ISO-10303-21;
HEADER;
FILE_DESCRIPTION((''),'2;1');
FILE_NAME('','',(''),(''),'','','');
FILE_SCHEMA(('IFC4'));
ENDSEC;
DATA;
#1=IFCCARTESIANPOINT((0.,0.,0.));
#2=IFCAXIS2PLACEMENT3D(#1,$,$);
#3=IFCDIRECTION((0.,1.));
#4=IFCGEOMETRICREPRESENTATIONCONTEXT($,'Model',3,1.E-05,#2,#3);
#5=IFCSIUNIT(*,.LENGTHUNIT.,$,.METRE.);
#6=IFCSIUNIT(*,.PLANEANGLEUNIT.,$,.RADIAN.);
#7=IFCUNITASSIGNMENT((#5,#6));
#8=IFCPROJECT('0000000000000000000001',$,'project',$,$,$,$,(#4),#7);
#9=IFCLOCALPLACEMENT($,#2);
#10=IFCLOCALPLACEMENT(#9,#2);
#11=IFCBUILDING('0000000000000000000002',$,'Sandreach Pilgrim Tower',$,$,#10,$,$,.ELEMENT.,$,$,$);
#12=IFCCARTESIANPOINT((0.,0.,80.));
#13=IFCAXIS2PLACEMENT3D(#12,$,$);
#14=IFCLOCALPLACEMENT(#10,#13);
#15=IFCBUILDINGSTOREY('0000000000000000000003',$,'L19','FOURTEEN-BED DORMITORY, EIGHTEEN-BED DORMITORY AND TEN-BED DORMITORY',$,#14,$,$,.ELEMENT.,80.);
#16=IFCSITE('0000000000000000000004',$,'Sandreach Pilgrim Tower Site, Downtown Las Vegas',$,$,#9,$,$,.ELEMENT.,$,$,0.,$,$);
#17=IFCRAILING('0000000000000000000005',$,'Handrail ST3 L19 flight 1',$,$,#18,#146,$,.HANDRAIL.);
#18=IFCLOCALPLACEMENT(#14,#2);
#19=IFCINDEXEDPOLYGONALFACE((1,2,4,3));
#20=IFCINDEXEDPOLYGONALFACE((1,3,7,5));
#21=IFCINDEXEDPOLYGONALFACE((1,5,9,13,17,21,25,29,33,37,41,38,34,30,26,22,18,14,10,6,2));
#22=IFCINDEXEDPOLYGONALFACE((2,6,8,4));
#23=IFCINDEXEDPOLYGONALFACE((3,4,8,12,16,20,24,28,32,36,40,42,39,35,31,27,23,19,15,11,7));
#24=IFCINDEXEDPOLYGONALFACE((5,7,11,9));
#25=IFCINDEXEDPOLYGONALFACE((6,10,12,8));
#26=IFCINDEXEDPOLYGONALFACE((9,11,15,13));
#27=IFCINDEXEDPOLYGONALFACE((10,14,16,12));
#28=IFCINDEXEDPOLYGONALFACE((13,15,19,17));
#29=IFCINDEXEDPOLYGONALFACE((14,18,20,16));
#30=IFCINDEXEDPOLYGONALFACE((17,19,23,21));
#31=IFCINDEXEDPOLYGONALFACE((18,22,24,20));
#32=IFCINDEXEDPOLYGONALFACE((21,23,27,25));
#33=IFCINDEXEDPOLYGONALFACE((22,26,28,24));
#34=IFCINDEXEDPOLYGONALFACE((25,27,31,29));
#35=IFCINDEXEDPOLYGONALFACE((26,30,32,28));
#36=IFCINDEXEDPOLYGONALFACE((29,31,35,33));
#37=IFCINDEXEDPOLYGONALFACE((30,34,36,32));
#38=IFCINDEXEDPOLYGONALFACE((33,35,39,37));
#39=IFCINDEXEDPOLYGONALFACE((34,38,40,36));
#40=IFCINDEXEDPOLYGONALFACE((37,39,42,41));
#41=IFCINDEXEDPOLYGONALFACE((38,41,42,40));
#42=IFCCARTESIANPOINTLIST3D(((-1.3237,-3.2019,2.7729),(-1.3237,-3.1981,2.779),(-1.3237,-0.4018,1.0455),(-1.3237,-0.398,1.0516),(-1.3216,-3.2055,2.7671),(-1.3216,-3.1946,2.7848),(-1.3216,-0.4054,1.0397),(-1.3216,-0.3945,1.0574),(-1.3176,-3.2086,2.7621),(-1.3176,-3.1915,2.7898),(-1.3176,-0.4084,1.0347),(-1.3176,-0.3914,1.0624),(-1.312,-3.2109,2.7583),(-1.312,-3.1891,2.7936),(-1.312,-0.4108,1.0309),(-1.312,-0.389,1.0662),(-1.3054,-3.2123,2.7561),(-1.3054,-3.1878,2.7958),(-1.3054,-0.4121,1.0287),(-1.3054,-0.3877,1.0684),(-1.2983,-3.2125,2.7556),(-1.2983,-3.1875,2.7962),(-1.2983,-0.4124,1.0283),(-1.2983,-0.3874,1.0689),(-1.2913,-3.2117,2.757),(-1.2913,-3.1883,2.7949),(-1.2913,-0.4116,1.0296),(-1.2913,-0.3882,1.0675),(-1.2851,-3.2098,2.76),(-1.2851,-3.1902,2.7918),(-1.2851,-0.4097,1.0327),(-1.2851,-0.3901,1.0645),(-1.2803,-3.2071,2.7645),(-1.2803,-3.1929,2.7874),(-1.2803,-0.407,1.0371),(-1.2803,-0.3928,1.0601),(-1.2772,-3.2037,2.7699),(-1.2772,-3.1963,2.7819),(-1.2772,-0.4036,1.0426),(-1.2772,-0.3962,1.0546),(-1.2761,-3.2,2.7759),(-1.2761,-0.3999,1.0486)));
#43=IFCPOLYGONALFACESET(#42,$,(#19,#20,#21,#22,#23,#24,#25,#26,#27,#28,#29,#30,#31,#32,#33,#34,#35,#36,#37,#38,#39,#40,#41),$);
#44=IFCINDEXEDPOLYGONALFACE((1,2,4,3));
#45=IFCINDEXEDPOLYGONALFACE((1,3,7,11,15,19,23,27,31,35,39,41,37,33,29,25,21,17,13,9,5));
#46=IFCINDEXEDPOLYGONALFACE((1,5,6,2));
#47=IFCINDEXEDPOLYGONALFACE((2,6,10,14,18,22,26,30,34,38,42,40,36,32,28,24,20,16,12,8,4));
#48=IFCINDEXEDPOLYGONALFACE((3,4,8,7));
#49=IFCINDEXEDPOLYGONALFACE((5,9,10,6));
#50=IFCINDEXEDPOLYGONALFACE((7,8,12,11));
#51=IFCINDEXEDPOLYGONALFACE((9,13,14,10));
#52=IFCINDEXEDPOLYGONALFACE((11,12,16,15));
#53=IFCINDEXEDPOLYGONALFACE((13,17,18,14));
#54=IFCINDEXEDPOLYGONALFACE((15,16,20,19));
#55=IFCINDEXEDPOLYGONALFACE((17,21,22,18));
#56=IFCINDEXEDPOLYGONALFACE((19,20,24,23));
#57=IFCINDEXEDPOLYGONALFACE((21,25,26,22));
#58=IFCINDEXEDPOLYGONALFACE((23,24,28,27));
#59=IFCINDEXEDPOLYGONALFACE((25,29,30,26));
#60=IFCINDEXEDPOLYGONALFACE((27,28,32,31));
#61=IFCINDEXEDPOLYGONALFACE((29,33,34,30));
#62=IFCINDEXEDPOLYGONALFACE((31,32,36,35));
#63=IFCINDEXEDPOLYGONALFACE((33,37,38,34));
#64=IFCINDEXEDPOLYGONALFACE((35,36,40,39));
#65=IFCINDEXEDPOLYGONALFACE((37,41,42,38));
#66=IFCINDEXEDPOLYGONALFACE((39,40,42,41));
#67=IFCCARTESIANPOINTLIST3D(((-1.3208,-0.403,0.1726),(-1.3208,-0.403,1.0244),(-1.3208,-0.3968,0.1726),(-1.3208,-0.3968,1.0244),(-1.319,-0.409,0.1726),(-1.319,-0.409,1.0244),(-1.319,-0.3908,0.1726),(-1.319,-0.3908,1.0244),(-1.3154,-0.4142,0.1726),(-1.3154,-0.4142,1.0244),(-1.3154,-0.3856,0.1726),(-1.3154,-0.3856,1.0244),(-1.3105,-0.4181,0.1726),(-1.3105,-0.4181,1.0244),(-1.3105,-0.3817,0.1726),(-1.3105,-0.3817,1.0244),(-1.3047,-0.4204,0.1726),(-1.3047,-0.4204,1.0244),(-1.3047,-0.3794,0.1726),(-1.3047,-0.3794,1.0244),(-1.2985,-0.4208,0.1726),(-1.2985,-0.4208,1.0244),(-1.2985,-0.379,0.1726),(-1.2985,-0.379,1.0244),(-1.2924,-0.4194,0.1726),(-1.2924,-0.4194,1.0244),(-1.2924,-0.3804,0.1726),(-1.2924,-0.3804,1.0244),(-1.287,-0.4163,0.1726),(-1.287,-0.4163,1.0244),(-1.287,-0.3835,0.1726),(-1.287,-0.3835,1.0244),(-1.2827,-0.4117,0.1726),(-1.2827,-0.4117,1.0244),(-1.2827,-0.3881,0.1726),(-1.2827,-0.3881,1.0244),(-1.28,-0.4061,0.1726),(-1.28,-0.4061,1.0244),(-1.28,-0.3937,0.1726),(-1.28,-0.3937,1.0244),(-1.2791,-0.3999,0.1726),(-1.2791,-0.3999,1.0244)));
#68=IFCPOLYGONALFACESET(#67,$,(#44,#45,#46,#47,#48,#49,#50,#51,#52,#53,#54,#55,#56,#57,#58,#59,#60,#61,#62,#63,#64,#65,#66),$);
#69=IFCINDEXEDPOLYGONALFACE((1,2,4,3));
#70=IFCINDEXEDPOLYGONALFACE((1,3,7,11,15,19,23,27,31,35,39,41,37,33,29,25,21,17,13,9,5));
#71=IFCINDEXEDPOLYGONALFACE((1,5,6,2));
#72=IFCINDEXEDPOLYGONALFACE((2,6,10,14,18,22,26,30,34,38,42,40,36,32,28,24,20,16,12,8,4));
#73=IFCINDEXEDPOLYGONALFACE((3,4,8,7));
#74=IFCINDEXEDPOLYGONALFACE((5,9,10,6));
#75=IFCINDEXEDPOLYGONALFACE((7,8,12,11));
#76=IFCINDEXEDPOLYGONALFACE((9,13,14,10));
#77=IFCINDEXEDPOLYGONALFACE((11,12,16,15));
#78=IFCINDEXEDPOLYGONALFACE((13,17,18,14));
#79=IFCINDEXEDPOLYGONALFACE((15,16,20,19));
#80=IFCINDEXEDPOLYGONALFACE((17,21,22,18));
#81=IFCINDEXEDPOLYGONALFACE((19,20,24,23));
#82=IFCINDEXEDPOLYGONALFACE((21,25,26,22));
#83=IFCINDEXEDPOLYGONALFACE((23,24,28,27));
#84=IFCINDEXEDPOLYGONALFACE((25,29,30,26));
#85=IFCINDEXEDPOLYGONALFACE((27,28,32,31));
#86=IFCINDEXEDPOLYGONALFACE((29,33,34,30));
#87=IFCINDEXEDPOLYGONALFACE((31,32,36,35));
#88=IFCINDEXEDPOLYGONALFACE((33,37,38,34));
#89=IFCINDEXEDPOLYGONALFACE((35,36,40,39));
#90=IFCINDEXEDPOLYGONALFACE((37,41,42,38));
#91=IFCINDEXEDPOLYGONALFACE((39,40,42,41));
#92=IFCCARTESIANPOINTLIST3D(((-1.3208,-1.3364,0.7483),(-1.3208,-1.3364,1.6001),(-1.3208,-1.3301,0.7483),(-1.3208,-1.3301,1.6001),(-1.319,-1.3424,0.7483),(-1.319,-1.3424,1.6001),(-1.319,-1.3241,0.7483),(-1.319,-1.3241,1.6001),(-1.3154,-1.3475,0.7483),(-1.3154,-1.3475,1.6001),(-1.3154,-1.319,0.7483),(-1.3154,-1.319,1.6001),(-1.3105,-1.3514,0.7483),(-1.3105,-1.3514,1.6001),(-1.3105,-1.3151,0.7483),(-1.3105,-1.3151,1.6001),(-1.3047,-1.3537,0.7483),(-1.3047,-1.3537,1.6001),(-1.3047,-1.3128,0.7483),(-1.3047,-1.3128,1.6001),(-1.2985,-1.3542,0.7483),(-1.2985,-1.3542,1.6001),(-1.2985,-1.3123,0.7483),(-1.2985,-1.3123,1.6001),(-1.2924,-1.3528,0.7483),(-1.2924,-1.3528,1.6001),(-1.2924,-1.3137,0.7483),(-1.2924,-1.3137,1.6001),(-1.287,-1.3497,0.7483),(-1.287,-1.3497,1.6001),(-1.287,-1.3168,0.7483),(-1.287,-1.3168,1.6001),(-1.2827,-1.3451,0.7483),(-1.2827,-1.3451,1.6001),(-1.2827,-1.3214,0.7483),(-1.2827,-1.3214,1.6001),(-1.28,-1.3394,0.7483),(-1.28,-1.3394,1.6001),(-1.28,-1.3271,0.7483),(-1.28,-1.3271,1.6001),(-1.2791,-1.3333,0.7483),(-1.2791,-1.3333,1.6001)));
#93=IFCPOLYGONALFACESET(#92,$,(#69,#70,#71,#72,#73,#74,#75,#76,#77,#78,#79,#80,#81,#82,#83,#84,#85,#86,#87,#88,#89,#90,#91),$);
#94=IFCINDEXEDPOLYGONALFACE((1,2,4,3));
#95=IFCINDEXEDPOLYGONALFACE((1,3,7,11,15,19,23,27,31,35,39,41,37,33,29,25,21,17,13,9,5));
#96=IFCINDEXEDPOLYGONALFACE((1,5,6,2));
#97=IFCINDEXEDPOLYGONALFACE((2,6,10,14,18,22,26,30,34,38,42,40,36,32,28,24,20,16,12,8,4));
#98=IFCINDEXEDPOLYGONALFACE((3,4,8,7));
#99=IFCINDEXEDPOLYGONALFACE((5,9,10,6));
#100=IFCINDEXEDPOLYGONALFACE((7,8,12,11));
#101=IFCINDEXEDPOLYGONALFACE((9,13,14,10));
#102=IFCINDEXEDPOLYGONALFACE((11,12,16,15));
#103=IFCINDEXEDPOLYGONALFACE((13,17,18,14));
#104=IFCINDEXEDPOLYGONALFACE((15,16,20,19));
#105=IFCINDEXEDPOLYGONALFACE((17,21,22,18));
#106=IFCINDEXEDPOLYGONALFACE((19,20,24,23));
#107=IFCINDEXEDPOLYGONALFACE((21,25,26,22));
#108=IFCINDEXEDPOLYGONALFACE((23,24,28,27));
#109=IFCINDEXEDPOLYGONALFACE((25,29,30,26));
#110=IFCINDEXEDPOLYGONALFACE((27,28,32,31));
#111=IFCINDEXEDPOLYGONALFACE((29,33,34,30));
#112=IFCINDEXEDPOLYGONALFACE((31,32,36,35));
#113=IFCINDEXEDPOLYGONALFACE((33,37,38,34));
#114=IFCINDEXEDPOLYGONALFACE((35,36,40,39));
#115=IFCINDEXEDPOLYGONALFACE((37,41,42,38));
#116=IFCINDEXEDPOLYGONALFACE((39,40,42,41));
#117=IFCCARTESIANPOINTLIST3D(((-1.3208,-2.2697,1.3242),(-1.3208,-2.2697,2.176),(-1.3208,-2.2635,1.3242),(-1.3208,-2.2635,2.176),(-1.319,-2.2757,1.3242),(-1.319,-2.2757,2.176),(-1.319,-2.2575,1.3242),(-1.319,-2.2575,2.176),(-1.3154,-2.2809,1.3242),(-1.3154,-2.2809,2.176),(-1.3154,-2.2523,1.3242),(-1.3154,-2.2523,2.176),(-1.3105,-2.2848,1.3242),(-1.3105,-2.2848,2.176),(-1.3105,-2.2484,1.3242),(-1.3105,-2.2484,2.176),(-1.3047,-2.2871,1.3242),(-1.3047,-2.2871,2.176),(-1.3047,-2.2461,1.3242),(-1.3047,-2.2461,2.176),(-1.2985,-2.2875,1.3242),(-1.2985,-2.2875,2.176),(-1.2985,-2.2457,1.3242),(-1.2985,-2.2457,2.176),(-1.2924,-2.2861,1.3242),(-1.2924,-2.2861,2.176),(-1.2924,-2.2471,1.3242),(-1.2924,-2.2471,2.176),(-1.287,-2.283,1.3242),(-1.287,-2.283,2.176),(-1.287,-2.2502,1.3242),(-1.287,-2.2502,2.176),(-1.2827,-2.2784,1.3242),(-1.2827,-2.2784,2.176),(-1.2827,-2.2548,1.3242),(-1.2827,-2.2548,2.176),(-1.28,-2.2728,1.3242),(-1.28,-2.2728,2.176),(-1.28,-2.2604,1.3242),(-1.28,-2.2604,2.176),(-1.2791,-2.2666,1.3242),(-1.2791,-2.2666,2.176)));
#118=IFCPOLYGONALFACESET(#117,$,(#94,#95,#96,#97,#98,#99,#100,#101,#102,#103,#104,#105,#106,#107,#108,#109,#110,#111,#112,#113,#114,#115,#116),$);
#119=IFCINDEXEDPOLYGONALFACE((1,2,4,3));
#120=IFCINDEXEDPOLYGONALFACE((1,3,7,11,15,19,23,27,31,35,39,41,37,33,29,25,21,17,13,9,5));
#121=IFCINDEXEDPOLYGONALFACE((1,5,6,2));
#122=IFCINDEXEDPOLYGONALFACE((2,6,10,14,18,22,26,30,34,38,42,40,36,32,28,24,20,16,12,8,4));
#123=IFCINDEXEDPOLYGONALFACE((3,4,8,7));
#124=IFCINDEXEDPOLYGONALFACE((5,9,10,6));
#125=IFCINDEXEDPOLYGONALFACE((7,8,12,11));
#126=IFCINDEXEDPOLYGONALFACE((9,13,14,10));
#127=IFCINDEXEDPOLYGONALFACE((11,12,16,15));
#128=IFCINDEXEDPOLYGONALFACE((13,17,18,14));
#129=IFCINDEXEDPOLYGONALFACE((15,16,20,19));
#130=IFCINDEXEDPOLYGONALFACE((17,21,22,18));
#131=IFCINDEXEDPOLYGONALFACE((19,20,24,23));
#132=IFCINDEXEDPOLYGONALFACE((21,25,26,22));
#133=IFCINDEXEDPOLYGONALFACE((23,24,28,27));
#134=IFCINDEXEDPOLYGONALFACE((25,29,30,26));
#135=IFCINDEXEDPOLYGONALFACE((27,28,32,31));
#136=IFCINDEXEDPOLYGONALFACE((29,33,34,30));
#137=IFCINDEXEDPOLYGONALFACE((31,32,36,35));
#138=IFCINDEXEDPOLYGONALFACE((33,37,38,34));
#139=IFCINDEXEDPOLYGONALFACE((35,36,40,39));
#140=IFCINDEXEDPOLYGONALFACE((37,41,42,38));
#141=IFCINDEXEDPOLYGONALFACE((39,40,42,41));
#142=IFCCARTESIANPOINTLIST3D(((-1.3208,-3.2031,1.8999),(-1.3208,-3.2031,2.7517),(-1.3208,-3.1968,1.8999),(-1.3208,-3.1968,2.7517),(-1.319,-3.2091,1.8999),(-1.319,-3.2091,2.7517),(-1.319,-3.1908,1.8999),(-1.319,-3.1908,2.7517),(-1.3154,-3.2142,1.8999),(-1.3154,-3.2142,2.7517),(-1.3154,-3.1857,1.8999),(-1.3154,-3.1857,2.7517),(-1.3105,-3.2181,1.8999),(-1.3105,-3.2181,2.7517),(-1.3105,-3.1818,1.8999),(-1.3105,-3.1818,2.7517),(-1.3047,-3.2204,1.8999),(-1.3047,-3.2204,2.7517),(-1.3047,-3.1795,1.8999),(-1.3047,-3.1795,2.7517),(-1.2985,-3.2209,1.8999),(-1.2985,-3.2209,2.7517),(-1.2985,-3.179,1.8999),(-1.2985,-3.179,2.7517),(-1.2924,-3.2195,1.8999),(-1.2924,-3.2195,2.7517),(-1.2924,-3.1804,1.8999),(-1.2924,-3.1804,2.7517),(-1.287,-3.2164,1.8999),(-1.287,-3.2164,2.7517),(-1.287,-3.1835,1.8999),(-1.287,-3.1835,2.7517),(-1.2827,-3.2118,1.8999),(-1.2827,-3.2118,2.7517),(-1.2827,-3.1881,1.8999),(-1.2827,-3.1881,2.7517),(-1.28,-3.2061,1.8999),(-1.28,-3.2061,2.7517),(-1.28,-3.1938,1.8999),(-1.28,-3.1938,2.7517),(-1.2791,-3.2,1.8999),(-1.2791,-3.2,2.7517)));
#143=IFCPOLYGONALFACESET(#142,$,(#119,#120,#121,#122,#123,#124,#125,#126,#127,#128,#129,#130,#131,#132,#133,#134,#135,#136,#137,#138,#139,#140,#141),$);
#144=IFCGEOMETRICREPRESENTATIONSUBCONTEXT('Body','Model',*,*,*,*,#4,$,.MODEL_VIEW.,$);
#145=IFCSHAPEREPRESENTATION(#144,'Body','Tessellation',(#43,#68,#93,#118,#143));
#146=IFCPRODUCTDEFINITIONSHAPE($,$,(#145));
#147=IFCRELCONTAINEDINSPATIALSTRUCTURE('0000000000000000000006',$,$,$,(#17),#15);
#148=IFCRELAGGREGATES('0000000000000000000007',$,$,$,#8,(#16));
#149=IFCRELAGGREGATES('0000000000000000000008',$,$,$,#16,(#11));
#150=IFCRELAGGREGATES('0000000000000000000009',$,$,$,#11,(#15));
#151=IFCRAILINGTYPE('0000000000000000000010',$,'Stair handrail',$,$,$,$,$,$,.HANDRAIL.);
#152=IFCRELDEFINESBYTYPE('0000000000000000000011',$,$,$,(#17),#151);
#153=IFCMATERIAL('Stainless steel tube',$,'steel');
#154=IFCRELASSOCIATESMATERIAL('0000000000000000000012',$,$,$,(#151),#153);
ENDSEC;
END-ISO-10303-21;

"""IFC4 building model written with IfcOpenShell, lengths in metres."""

from ifc_helpers import new_model, si_unit, direction, frame, origin, origin_2d, place, context, subcontext, project, spatial, circle, extrude, material, type_object, element, save


model = new_model("IFC4")

# Units and contexts
model_context = context("Model", 3, precision=1e-05, world=origin(), true_north=direction((0.0, 1.0)))
body_context = subcontext(model_context, "Body", "Model", "MODEL_VIEW")
ifc_project = project(units=[si_unit("LENGTHUNIT", "METRE"), si_unit("PLANEANGLEUNIT", "RADIAN")], contexts=[model_context])

# Site, building, storey
site_placement = place(None, origin())
site = spatial("IfcSite", under=ifc_project, at=site_placement, Name="Sandreach Pilgrim Tower Site, Downtown Las Vegas", CompositionType="ELEMENT", RefElevation=0.0)
building_placement = place(site_placement, origin())
building = spatial("IfcBuilding", under=site, at=building_placement, Name="Sandreach Pilgrim Tower", CompositionType="ELEMENT")
storey_placement = place(building_placement, frame((0.0, 0.0, 80.0)))
storey = spatial("IfcBuildingStorey", under=building, at=storey_placement, Name="L19", Description="FOURTEEN-BED DORMITORY, EIGHTEEN-BED DORMITORY AND TEN-BED DORMITORY", CompositionType="ELEMENT", Elevation=80.0)

# Railing
ifc_material_1 = material(Name="Stainless steel tube", Category="steel")
railing_type = type_object("IfcRailingType", Name="Stair handrail", PredefinedType="HANDRAIL", material=ifc_material_1)
for number, where, name in (
    (1, (-1.3, -0.3999, 0.1726), "Handrail ST3 L19 flight 1"),
):
    element("IfcRailing", number, at=place(storey_placement, frame(where)), inside=storey, type_object=railing_type, Name=name, PredefinedType="HANDRAIL", context=body_context, shape_type="SweptSolid", body=[
        extrude(circle(Radius=0.0239, at=origin_2d()), frame((0.0, 0.0, 0.876), z_axis=(0.0, -0.85109, 0.52502), x_axis=(1.0, 0.0, 0.0)), (0.0, 0.0, 1.0), 3.29),
        extrude(circle(Radius=0.021, at=origin_2d()), origin(), (0.0, 0.0, 1.0), 0.8518),
        extrude(circle(Radius=0.021, at=origin_2d()), frame((0.0, -0.9333, 0.5757)), (0.0, 0.0, 1.0), 0.8518),
        extrude(circle(Radius=0.021, at=origin_2d()), frame((0.0, -1.8667, 1.1516)), (0.0, 0.0, 1.0), 0.8518),
        extrude(circle(Radius=0.021, at=origin_2d()), frame((0.0, -2.8, 1.7273)), (0.0, 0.0, 1.0), 0.8518),
    ])

save(model, "model.ifc")
